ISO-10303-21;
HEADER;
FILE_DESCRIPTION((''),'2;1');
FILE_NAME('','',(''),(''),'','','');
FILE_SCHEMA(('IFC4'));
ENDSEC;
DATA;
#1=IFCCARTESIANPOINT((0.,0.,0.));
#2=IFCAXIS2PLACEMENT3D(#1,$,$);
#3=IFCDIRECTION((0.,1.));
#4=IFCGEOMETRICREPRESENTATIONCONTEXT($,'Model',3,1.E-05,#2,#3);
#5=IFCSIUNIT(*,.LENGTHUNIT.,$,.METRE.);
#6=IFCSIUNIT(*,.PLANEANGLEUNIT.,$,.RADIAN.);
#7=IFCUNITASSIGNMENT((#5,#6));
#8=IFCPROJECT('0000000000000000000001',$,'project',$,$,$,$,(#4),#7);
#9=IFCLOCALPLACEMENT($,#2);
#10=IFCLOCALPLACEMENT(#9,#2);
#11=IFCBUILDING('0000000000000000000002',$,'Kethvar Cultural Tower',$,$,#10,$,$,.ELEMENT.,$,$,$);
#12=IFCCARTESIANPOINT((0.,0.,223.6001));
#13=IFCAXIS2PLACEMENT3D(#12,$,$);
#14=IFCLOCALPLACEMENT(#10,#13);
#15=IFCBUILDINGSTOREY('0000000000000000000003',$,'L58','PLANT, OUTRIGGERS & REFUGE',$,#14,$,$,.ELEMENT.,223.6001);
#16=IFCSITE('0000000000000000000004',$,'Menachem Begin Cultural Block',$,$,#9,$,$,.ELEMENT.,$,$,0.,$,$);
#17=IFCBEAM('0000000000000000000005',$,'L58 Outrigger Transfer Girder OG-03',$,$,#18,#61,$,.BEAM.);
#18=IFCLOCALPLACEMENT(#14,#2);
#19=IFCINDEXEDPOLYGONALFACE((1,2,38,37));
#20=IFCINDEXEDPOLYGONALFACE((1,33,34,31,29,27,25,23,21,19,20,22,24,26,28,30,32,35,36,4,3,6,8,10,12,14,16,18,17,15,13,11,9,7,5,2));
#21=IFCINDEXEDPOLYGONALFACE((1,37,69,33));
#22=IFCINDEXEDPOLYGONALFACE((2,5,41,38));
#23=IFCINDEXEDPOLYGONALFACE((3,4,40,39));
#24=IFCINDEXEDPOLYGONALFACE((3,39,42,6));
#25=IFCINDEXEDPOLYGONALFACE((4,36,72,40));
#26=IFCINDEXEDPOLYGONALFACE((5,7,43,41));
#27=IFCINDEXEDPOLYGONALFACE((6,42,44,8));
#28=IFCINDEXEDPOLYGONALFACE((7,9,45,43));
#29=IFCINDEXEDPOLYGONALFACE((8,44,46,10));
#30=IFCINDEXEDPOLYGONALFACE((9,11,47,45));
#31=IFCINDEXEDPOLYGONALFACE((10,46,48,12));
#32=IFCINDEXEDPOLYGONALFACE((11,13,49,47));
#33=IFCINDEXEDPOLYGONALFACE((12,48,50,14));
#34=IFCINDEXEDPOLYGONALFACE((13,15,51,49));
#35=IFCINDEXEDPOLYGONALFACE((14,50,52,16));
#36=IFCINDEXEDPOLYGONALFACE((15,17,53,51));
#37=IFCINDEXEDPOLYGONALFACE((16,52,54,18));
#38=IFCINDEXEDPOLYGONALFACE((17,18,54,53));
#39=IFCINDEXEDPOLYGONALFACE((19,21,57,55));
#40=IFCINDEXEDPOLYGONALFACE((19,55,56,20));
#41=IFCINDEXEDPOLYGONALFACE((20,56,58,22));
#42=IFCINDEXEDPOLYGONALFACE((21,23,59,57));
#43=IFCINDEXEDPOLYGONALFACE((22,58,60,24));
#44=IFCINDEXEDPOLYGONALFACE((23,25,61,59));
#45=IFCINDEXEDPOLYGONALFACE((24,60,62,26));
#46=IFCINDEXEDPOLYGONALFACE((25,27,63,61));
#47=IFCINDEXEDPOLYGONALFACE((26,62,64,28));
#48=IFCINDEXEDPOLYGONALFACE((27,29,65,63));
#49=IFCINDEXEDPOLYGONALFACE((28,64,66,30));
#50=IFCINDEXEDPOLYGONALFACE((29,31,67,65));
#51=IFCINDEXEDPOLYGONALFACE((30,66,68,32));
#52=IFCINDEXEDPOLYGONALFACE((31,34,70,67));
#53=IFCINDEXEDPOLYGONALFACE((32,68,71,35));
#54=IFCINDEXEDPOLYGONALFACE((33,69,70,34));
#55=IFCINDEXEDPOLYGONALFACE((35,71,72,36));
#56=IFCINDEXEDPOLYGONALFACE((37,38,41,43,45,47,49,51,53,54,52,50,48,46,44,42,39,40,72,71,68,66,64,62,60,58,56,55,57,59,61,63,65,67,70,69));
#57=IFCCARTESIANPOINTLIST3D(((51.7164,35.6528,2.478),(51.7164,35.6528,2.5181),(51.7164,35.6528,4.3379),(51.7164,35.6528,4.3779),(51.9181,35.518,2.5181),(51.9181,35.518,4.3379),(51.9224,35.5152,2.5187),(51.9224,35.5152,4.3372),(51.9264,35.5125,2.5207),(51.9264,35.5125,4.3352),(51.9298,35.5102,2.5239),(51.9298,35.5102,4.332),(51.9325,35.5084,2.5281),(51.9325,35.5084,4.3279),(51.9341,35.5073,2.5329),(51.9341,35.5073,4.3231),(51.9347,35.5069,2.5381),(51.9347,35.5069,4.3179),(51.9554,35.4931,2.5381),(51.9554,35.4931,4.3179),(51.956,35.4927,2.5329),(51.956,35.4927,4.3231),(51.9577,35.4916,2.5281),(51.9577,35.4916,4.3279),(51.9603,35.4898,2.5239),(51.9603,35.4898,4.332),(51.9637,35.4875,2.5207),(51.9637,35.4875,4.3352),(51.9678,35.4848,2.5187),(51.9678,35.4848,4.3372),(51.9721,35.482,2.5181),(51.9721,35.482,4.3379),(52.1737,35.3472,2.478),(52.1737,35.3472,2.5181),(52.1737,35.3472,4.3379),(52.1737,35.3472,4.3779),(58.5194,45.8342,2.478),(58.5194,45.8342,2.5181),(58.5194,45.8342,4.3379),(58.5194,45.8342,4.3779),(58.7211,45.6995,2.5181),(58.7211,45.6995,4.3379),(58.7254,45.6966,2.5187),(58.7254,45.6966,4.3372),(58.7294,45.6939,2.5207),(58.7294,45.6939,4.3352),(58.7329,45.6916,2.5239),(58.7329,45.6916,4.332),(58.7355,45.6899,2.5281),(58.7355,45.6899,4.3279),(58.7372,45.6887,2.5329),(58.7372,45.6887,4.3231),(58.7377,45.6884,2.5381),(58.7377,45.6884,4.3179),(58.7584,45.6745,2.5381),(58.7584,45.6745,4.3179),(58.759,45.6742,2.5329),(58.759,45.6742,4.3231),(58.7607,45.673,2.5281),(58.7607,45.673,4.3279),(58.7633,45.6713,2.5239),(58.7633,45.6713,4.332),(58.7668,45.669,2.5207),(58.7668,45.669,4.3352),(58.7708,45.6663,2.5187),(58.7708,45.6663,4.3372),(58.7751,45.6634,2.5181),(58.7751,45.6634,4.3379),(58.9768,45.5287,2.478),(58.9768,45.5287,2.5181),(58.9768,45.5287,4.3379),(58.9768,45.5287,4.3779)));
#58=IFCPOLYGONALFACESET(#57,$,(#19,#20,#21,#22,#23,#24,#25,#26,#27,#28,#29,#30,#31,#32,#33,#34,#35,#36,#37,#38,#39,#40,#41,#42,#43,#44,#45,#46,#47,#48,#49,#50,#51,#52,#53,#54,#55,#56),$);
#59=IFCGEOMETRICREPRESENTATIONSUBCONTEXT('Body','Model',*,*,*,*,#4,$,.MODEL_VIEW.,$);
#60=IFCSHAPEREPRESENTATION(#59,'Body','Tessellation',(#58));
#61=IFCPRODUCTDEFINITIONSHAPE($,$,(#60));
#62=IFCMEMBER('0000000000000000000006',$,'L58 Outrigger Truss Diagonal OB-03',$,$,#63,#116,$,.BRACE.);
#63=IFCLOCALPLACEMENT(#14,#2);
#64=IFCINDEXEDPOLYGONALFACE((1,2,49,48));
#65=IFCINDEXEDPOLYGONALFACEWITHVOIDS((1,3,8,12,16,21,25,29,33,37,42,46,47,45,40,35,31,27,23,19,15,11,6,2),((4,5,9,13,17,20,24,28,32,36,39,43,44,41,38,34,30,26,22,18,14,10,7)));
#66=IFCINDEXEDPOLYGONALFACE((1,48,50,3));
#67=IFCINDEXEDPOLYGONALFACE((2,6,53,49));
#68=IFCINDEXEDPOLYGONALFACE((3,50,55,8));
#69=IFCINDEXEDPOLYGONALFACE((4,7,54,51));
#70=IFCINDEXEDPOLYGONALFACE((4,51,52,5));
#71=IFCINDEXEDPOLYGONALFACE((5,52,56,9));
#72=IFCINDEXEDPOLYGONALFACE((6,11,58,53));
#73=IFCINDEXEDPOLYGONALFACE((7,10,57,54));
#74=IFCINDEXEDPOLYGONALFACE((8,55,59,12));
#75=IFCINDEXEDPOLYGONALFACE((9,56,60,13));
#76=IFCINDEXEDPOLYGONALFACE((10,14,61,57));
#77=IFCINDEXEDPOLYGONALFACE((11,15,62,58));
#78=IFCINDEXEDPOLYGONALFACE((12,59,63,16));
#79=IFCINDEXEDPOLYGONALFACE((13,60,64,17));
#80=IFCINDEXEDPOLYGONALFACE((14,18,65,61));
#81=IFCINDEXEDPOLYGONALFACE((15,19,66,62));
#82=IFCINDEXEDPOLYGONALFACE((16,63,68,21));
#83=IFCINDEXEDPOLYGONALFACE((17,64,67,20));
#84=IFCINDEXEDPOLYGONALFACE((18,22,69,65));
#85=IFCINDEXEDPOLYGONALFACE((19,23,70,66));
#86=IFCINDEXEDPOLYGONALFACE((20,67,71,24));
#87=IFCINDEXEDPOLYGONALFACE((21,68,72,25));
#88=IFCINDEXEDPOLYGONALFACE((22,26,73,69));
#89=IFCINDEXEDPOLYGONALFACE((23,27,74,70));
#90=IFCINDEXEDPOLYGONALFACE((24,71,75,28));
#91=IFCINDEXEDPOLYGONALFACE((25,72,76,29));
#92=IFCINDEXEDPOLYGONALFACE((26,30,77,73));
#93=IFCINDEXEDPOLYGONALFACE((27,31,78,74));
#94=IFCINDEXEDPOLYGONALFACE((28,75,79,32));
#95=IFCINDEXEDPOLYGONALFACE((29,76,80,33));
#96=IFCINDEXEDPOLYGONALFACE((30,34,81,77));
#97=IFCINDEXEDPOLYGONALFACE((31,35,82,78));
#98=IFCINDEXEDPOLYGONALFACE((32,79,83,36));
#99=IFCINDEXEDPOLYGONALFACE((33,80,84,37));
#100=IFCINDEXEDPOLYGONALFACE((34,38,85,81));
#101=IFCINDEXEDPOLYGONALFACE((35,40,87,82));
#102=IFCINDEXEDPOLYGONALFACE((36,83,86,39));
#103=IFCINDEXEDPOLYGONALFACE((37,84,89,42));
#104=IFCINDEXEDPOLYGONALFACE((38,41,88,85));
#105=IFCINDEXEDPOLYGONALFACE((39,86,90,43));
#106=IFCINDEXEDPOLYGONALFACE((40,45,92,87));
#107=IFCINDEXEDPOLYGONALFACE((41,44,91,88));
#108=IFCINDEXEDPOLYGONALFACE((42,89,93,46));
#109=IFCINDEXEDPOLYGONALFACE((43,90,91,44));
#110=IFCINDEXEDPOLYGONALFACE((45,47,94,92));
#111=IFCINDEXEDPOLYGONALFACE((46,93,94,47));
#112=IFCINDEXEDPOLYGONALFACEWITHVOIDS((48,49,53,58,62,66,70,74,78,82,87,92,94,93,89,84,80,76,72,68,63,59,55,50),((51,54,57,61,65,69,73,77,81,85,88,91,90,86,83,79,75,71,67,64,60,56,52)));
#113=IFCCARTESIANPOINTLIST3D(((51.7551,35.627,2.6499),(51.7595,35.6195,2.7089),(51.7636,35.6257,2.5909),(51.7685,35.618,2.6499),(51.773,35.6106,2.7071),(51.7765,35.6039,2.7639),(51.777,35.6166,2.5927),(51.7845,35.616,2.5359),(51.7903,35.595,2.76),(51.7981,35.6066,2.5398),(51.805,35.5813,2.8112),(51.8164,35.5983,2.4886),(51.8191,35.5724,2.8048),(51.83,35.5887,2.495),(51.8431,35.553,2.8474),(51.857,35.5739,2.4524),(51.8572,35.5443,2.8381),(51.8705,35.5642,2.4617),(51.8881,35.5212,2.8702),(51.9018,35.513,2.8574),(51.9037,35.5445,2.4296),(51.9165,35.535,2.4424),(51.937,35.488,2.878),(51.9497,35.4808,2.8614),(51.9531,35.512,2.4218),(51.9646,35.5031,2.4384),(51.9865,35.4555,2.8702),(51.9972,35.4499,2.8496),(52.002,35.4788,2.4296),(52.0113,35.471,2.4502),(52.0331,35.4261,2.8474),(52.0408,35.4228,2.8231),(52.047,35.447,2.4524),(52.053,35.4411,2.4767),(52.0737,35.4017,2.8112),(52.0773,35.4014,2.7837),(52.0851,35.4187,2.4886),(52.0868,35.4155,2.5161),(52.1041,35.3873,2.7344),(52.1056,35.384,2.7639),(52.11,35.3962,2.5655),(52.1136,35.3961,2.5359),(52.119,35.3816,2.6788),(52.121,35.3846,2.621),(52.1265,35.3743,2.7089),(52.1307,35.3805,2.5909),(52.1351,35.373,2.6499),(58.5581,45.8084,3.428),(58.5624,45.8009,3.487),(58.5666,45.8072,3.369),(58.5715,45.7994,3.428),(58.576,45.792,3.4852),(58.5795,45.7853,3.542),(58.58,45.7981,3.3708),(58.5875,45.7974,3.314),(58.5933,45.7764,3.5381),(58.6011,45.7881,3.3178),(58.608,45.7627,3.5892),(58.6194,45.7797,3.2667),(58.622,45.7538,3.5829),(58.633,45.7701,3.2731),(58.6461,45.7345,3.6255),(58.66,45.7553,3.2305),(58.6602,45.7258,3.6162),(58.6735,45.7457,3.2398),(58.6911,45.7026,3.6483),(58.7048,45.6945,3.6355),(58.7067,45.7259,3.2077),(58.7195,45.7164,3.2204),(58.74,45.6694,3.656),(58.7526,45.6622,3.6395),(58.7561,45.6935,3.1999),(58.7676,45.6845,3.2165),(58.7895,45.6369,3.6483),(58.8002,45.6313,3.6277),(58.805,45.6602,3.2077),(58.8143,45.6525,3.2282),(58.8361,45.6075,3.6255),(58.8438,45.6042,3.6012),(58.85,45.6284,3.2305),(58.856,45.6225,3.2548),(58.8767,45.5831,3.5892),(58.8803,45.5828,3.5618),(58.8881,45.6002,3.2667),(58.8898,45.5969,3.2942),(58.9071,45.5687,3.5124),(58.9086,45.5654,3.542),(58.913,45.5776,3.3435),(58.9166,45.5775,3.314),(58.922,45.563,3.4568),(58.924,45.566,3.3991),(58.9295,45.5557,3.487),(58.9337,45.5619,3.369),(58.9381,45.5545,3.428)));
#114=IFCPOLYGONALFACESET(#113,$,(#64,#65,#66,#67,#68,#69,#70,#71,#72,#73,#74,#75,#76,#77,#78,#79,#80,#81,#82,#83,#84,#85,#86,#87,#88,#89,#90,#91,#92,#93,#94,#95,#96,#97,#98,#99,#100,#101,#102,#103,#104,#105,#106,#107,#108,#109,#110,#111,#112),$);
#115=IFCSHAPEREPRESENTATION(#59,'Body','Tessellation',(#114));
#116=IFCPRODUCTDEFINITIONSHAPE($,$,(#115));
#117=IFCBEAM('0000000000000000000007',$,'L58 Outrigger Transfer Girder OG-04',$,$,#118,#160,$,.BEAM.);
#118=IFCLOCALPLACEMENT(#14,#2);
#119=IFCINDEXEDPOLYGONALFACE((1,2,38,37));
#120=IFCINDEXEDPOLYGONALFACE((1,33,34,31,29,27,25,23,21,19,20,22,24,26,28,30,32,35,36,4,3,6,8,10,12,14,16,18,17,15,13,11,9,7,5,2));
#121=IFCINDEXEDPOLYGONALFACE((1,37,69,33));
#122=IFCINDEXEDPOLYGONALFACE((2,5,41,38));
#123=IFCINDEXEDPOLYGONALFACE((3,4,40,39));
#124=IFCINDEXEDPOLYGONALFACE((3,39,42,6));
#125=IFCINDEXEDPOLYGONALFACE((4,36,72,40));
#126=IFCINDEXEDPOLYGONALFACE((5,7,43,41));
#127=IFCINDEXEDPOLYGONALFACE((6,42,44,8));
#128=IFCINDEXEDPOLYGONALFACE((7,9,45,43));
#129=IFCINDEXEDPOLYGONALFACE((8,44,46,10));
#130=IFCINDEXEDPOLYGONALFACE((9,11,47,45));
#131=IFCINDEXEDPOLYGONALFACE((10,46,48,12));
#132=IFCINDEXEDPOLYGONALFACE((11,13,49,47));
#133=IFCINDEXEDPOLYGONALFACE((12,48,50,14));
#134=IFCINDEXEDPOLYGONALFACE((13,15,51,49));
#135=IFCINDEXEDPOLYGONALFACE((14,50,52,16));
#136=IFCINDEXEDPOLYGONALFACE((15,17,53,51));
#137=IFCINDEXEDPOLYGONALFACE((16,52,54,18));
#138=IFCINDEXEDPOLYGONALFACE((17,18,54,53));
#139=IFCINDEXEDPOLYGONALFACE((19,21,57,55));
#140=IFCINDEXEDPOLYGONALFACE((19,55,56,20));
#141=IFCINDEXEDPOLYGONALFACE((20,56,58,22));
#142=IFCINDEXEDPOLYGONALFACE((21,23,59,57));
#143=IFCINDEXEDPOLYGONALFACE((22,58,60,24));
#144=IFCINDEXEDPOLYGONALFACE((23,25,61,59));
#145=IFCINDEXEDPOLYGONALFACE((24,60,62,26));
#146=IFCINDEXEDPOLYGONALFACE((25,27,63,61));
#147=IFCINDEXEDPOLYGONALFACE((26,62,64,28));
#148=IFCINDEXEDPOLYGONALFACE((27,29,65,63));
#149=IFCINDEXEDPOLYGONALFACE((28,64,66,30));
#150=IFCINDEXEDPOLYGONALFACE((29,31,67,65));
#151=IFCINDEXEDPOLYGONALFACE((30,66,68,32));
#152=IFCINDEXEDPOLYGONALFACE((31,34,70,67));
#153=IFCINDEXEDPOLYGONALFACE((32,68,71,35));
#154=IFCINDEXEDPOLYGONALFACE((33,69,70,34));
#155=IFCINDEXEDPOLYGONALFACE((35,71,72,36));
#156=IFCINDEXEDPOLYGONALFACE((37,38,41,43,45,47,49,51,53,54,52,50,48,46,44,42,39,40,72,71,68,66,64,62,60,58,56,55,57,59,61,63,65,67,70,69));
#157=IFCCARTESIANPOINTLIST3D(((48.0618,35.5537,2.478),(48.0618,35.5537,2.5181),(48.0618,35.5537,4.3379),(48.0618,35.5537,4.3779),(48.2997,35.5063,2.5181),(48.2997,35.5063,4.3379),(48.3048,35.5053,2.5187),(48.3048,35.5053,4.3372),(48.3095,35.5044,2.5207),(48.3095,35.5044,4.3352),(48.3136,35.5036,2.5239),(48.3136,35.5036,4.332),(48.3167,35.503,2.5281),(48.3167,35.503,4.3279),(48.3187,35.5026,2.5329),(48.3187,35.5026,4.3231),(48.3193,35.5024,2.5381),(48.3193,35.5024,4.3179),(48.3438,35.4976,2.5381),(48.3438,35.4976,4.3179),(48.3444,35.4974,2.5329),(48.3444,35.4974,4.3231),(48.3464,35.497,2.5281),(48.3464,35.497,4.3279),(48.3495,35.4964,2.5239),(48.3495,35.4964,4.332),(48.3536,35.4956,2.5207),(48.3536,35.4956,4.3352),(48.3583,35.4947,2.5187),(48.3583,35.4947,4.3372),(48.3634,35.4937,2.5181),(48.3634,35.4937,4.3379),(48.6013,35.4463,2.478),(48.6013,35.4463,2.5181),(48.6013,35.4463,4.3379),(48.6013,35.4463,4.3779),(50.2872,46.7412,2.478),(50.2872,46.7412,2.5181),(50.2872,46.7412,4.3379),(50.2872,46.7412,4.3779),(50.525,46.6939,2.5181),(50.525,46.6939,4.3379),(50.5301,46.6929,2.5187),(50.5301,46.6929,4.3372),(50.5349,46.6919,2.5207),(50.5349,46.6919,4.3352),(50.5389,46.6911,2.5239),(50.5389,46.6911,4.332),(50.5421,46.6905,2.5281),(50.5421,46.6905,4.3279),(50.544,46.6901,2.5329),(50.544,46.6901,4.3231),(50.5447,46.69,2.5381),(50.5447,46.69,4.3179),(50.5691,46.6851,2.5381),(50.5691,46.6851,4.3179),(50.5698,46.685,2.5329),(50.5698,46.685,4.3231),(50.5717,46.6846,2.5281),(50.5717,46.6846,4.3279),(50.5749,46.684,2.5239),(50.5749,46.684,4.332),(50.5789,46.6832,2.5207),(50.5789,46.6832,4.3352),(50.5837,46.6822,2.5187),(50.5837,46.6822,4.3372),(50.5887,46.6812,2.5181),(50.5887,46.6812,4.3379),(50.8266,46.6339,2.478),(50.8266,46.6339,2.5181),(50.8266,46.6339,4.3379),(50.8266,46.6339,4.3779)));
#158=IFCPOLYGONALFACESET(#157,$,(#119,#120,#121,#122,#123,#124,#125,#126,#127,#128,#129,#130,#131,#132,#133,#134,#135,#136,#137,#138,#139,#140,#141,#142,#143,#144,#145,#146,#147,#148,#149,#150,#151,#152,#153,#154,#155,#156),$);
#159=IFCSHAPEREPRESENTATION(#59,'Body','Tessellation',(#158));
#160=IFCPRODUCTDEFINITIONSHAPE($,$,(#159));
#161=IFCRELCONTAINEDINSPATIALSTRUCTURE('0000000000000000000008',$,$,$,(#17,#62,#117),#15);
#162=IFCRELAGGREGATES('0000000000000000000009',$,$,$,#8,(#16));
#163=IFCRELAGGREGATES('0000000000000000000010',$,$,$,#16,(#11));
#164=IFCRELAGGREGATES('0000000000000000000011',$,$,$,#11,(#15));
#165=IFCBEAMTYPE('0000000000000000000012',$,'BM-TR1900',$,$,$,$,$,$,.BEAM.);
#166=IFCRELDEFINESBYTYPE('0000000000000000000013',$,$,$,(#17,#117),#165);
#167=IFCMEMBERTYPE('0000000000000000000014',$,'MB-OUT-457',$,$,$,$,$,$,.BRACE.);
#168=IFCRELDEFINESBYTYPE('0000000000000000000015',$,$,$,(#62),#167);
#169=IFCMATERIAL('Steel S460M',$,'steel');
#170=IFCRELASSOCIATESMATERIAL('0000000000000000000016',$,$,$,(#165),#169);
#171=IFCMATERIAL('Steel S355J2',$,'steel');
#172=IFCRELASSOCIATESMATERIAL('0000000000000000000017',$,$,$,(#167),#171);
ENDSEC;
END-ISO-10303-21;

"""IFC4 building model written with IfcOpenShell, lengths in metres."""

from ifc_helpers import new_model, si_unit, direction, frame, origin, origin_2d, place, context, subcontext, project, spatial, hollow_circle, i_section, extrude, source, transform, mapped, material, material_profile, profile_set, type_object, element, save


model = new_model("IFC4")

# Units and contexts
model_context = context("Model", 3, precision=1e-05, world=origin(), true_north=direction((0.0, 1.0)))
body_context = subcontext(model_context, "Body", "Model", "MODEL_VIEW")
ifc_project = project(units=[si_unit("LENGTHUNIT", "METRE"), si_unit("PLANEANGLEUNIT", "RADIAN")], contexts=[model_context])

# Site, building, storey
site_placement = place(None, origin())
site = spatial("IfcSite", under=ifc_project, at=site_placement, Name="Menachem Begin Cultural Block", CompositionType="ELEMENT", RefElevation=0.0)
building_placement = place(site_placement, origin())
building = spatial("IfcBuilding", under=site, at=building_placement, Name="Kethvar Cultural Tower", CompositionType="ELEMENT")
storey_placement = place(building_placement, frame((0.0, 0.0, 223.6001)))
storey = spatial("IfcBuildingStorey", under=building, at=storey_placement, Name="L58", Description="PLANT, OUTRIGGERS & REFUGE", CompositionType="ELEMENT", Elevation=223.6001)

# Beam
ifc_material_1 = material(Name="Steel S460M", Category="steel")
ifc_material_profile_1 = material_profile(ifc_material_1, i_section(OverallWidth=0.55, OverallDepth=1.8999, WebThickness=0.0249, FlangeThickness=0.04, FilletRadius=0.02, at=origin_2d()), Name="Steel S460M — PG1900x550x40x25")
ifc_profile_set_1 = profile_set([ifc_material_profile_1], Name="Steel S460M — PG1900x550x40x25")
beam_type = type_object("IfcBeamType", Name="BM-TR1900", PredefinedType="BEAM", material=ifc_profile_set_1)
shared_shape_1 = source(origin(), body_context, "Body", "SweptSolid", [
    extrude(i_section(OverallWidth=0.55, OverallDepth=1.8999, WebThickness=0.0249, FlangeThickness=0.04, FilletRadius=0.02, at=origin_2d()), origin(), (0.0, 0.0, 1.0), 12.2451),
])
beam_1_placement = place(storey_placement, frame((51.9451, 35.5, 3.428), z_axis=(0.555569, 0.83147, 0.0), x_axis=(-0.83147, 0.555569, 0.0)))
element("IfcBeam", 1, at=beam_1_placement, inside=storey, type_object=beam_type, Name="L58 Outrigger Transfer Girder OG-03", PredefinedType="BEAM", context=body_context, shape_type="MappedRepresentation", body=[
    mapped(shared_shape_1, transform((0.0, 0.0, 0.0), scale=1.0)),
])

# Member
ifc_material_2 = material(Name="Steel S355J2", Category="steel")
ifc_material_profile_2 = material_profile(ifc_material_2, hollow_circle(Radius=0.2285, WallThickness=0.0161, at=origin_2d()), Name="Steel S355J2 — CHS457x16")
ifc_profile_set_2 = profile_set([ifc_material_profile_2], Name="Steel S355J2 — CHS457x16")
member_type = type_object("IfcMemberType", Name="MB-OUT-457", PredefinedType="BRACE", material=ifc_profile_set_2)
shared_shape_2 = source(origin(), body_context, "Body", "SweptSolid", [
    extrude(hollow_circle(Radius=0.2285, WallThickness=0.0161, at=origin_2d()), origin(), (0.0, 0.0, 1.0), 12.2698),
])
member_1_placement = place(storey_placement, frame((51.9451, 35.5, 2.6499), z_axis=(0.554451, 0.829797, 0.063414), x_axis=(-0.83147, 0.555569, 0.0)))
element("IfcMember", 2, at=member_1_placement, inside=storey, type_object=member_type, Name="L58 Outrigger Truss Diagonal OB-03", PredefinedType="BRACE", context=body_context, shape_type="MappedRepresentation", body=[
    mapped(shared_shape_2, transform((0.0, 0.0, 0.0), scale=1.0)),
])

# Beam
shared_shape_3 = source(origin(), body_context, "Body", "SweptSolid", [
    extrude(i_section(OverallWidth=0.55, OverallDepth=1.8999, WebThickness=0.0249, FlangeThickness=0.04, FilletRadius=0.02, at=origin_2d()), origin(), (0.0, 0.0, 1.0), 11.4067),
])
beam_2_placement = place(storey_placement, frame((48.3315, 35.5, 3.428), z_axis=(0.195091, 0.980785, 0.0), x_axis=(-0.980785, 0.195091, 0.0)))
element("IfcBeam", 3, at=beam_2_placement, inside=storey, type_object=beam_type, Name="L58 Outrigger Transfer Girder OG-04", PredefinedType="BEAM", context=body_context, shape_type="MappedRepresentation", body=[
    mapped(shared_shape_3, transform((0.0, 0.0, 0.0), scale=1.0)),
])

save(model, "model.ifc")
